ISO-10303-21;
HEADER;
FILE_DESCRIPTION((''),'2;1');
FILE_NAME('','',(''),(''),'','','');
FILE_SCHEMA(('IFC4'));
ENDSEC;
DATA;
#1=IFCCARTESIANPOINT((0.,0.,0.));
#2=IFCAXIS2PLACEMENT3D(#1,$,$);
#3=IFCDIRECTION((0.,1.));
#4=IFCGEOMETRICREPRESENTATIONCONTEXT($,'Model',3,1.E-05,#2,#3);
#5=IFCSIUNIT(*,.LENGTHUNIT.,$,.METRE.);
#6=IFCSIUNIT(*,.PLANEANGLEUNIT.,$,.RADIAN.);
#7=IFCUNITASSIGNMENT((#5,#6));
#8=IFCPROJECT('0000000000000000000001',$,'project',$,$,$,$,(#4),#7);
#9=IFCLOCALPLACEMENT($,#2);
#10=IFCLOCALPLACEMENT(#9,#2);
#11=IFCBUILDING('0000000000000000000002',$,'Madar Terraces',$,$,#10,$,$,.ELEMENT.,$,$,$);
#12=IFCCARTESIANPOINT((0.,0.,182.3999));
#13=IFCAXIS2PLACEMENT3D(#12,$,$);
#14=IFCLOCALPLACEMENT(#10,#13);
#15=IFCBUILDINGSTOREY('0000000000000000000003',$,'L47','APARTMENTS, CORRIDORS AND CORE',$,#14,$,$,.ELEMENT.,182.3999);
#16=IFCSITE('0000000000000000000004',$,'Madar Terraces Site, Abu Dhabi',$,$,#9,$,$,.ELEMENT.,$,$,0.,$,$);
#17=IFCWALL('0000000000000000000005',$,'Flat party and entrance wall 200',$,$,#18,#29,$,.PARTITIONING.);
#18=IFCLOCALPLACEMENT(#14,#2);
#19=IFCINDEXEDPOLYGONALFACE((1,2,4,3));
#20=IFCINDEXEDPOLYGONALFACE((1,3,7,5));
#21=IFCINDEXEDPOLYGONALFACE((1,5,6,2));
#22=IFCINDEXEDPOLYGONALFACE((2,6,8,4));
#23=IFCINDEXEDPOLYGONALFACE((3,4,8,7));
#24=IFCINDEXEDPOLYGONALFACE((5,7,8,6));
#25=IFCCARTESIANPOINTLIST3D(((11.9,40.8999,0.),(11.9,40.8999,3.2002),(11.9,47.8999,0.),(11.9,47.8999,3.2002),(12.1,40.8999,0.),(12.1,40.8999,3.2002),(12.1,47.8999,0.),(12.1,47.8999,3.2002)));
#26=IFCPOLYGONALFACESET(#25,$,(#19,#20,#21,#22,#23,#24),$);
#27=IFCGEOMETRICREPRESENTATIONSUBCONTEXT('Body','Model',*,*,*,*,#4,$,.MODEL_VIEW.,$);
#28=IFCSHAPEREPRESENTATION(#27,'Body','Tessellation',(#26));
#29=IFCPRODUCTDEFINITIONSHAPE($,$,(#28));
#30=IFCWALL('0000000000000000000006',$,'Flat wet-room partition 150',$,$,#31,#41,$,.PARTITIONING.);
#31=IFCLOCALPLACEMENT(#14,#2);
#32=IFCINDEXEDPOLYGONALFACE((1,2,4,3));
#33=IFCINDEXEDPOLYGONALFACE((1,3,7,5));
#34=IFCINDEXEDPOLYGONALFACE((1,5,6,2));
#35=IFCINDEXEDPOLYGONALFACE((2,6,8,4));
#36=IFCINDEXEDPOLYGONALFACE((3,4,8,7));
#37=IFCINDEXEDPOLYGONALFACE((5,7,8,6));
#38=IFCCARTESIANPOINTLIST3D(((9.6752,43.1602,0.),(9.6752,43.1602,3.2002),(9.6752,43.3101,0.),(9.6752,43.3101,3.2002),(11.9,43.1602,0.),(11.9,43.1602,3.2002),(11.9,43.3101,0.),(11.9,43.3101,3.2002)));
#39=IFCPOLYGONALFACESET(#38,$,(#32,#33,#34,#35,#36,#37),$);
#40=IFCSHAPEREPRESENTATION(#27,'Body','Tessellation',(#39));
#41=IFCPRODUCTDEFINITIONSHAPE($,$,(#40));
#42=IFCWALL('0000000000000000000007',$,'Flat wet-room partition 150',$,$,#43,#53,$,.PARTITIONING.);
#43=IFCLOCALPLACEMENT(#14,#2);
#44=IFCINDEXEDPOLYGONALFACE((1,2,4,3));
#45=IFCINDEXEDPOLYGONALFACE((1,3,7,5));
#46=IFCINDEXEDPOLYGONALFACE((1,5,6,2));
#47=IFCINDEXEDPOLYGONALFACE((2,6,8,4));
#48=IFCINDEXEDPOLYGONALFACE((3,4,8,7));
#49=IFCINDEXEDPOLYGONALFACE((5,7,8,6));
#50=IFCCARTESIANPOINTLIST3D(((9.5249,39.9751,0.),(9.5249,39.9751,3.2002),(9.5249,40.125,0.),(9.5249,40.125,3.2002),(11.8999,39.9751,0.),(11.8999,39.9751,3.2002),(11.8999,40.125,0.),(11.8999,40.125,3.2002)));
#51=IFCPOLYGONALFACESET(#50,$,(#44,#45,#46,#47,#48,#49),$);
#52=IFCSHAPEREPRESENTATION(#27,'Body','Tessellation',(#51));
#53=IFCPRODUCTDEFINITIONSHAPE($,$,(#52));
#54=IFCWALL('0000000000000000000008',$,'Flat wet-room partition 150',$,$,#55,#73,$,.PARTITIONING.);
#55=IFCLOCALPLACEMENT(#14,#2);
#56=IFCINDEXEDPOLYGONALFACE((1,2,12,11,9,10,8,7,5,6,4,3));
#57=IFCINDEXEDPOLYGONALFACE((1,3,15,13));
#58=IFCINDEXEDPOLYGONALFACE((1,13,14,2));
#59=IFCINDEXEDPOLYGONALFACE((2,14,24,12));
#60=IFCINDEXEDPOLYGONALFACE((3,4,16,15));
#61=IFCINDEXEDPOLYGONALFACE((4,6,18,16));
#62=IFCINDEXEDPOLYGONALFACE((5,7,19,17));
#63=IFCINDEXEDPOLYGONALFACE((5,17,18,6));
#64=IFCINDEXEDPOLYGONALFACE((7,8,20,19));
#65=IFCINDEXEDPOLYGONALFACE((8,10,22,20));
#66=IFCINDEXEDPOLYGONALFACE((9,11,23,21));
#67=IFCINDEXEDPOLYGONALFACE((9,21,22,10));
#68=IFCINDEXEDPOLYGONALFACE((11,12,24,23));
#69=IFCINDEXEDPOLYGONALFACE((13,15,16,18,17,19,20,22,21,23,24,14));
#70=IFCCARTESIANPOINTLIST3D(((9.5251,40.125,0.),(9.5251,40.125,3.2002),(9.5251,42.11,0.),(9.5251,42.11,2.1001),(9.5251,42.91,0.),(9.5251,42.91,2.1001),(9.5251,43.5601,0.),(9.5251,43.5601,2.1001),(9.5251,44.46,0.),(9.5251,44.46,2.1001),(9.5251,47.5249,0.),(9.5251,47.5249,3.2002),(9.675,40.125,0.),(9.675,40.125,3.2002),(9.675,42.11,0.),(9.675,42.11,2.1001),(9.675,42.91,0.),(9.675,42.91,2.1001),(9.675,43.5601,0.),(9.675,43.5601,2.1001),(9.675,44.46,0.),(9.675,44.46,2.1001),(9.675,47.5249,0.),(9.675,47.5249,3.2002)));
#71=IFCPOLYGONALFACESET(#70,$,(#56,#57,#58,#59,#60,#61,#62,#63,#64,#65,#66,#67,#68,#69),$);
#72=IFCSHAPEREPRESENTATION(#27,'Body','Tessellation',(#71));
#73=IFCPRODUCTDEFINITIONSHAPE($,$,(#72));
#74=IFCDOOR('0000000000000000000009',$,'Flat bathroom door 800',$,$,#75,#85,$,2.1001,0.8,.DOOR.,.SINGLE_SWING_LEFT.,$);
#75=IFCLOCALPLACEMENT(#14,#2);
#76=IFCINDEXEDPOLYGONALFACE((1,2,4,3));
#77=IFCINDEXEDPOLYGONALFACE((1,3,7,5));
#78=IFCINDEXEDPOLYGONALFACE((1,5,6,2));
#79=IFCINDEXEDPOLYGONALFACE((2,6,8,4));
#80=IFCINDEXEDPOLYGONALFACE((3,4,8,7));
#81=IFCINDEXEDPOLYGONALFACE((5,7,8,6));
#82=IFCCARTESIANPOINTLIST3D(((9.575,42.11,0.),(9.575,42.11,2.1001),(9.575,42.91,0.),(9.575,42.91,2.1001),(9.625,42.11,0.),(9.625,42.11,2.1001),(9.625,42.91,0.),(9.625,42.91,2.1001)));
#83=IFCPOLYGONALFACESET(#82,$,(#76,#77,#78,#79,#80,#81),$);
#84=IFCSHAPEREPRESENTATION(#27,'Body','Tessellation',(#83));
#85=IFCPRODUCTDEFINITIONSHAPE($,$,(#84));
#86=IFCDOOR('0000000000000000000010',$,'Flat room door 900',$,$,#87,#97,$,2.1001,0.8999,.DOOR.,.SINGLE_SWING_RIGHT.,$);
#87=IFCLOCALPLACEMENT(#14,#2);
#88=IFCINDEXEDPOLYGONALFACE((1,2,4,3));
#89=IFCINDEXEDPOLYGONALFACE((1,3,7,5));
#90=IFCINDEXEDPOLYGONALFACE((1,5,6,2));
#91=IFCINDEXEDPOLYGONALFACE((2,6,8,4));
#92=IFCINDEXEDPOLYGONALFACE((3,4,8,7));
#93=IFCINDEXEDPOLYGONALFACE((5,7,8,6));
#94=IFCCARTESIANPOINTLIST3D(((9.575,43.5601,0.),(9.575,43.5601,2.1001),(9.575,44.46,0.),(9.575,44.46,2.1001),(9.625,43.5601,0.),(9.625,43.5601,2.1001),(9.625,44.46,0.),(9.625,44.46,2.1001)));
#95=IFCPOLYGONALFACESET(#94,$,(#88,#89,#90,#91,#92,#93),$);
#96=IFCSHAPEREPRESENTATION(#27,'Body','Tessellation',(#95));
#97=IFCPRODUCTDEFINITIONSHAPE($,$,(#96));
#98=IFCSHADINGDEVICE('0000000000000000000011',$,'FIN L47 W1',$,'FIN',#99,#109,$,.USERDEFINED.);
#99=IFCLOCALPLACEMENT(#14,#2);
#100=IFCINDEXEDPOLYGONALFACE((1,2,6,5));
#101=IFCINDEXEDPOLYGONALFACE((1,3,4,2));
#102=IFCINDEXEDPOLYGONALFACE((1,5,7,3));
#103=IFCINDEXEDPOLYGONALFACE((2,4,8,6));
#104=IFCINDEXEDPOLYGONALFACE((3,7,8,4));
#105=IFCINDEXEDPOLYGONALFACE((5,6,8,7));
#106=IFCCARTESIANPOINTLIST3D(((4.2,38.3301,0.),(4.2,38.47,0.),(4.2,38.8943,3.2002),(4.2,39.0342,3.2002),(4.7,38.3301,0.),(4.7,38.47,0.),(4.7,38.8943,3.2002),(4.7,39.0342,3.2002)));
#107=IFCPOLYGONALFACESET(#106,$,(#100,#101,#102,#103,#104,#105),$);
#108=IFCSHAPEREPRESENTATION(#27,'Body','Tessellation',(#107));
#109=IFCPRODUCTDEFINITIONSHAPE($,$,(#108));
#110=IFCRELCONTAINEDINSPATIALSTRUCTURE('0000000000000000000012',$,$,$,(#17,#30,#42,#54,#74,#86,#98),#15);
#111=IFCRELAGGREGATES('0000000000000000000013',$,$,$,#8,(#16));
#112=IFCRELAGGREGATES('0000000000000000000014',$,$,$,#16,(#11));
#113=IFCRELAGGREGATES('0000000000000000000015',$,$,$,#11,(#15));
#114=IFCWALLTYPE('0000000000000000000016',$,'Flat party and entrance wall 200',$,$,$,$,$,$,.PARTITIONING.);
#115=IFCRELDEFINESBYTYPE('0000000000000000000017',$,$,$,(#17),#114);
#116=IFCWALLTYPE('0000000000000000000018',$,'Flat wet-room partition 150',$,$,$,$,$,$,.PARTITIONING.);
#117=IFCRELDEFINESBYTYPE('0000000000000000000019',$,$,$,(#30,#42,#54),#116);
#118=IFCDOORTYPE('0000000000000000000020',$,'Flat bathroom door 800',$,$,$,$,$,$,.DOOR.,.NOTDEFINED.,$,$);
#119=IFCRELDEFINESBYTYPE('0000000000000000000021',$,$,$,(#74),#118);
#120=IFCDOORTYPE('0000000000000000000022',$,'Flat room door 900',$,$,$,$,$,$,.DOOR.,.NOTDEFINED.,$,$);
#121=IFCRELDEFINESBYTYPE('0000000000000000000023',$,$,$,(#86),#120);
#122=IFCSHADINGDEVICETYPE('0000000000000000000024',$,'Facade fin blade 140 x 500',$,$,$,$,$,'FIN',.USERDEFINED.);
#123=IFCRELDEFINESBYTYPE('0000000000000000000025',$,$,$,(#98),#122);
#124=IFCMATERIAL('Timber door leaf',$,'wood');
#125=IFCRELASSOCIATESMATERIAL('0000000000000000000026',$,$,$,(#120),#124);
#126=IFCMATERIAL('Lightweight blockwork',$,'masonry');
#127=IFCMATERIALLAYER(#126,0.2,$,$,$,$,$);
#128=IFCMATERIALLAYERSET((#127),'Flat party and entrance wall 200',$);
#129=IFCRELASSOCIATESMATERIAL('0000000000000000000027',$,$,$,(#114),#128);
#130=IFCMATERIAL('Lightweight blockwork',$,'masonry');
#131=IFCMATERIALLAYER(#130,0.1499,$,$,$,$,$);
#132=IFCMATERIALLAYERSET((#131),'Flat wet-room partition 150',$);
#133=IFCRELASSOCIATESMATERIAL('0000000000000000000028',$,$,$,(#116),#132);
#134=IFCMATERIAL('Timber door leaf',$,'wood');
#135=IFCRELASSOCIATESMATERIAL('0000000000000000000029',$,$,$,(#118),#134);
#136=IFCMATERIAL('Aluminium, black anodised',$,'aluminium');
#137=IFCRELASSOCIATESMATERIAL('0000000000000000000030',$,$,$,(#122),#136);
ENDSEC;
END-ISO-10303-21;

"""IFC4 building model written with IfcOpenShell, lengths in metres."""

from ifc_helpers import new_model, si_unit, direction, frame, frame_2d, origin, place, context, subcontext, project, spatial, polyline, rectangle, outline, extrude, material, layer, layer_set, type_object, element, fill, save


model = new_model("IFC4")

# Units and contexts
model_context = context("Model", 3, precision=1e-05, world=origin(), true_north=direction((0.0, 1.0)))
body_context = subcontext(model_context, "Body", "Model", "MODEL_VIEW")
ifc_project = project(units=[si_unit("LENGTHUNIT", "METRE"), si_unit("PLANEANGLEUNIT", "RADIAN")], contexts=[model_context])

# Site, building, storey
site_placement = place(None, origin())
site = spatial("IfcSite", under=ifc_project, at=site_placement, Name="Madar Terraces Site, Abu Dhabi", CompositionType="ELEMENT", RefElevation=0.0)
building_placement = place(site_placement, origin())
building = spatial("IfcBuilding", under=site, at=building_placement, Name="Madar Terraces", CompositionType="ELEMENT")
storey_placement = place(building_placement, frame((0.0, 0.0, 182.3999)))
storey = spatial("IfcBuildingStorey", under=building, at=storey_placement, Name="L47", Description="APARTMENTS, CORRIDORS AND CORE", CompositionType="ELEMENT", Elevation=182.3999)

# Shared definitions
ifc_material_1 = material(Name="Timber door leaf", Category="wood")
door_type_1 = type_object("IfcDoorType", Name="Flat room door 900", OperationType="NOTDEFINED", PredefinedType="DOOR", material=ifc_material_1)
ifc_material_2 = material(Name="Lightweight blockwork", Category="masonry")
ifc_layer_1 = layer(ifc_material_2, 0.2)
ifc_layer_set_1 = layer_set([ifc_layer_1], Name="Flat party and entrance wall 200")
wall_type_1 = type_object("IfcWallType", Name="Flat party and entrance wall 200", PredefinedType="PARTITIONING", material=ifc_layer_set_1)

# Walls
wall_1_placement = place(storey_placement, frame((12.0, 47.8999, 0.0), z_axis=(0.0, 0.0, 1.0), x_axis=(0.0, -1.0, 0.0)))
element("IfcWall", 1, at=wall_1_placement, inside=storey, type_object=wall_type_1, Name="Flat party and entrance wall 200", PredefinedType="PARTITIONING", context=body_context, shape_type="SweptSolid", body=[
    extrude(rectangle(XDim=7.0, YDim=0.2, at=frame_2d((3.5, 0.0))), origin(), (0.0, 0.0, 1.0), 3.2002),
])
ifc_material_3 = material(Name="Lightweight blockwork", Category="masonry")
ifc_layer_2 = layer(ifc_material_3, 0.1499)
ifc_layer_set_2 = layer_set([ifc_layer_2], Name="Flat wet-room partition 150")
wall_type_2 = type_object("IfcWallType", Name="Flat wet-room partition 150", PredefinedType="PARTITIONING", material=ifc_layer_set_2)
wall_2_placement = place(storey_placement, frame((11.8999, 43.2351, 0.0), z_axis=(0.0, 0.0, 1.0), x_axis=(-1.0, 0.0, 0.0)))
element("IfcWall", 2, at=wall_2_placement, inside=storey, type_object=wall_type_2, Name="Flat wet-room partition 150", PredefinedType="PARTITIONING", context=body_context, shape_type="SweptSolid", body=[
    extrude(rectangle(XDim=2.2249, YDim=0.1499, at=frame_2d((1.1123, 0.0))), origin(), (0.0, 0.0, 1.0), 3.2002),
])
wall_3_placement = place(storey_placement, frame((11.8999, 40.05, 0.0), z_axis=(0.0, 0.0, 1.0), x_axis=(-1.0, 0.0, 0.0)))
element("IfcWall", 3, at=wall_3_placement, inside=storey, type_object=wall_type_2, Name="Flat wet-room partition 150", PredefinedType="PARTITIONING", context=body_context, shape_type="SweptSolid", body=[
    extrude(rectangle(XDim=2.375, YDim=0.1499, at=frame_2d((1.1875, 0.0))), origin(), (0.0, 0.0, 1.0), 3.2002),
])

# Wall, openings, doors
wall_4_placement = place(storey_placement, frame((9.6001, 47.5249, 0.0), z_axis=(0.0, 0.0, 1.0), x_axis=(0.0, -1.0, 0.0)))
wall_4 = element("IfcWall", 4, at=wall_4_placement, inside=storey, type_object=wall_type_2, Name="Flat wet-room partition 150", PredefinedType="PARTITIONING", context=body_context, shape_type="SweptSolid", body=[
    extrude(rectangle(XDim=7.3999, YDim=0.1499, at=frame_2d((3.7, 0.0))), origin(), (0.0, 0.0, 1.0), 3.2002),
])
opening_1_placement = place(wall_4_placement, frame((4.615, 0.0, 0.0)))
opening_1 = element("IfcOpeningElement", 5, at=opening_1_placement, cuts=wall_4, PredefinedType="OPENING", context=body_context, shape_type="SweptSolid", body=[
    extrude(rectangle(XDim=0.8, YDim=2.1001, at=frame_2d((0.3999, 1.05))), frame((0.0, 0.085, 0.0), z_axis=(0.0, -1.0, 0.0), x_axis=(1.0, 0.0, 0.0)), (0.0, 0.0, 1.0), 0.1699),
])
opening_2_placement = place(wall_4_placement, frame((3.0649, 0.0, 0.0)))
opening_2 = element("IfcOpeningElement", 6, at=opening_2_placement, cuts=wall_4, PredefinedType="OPENING", context=body_context, shape_type="SweptSolid", body=[
    extrude(rectangle(XDim=0.8999, YDim=2.1001, at=frame_2d((0.45, 1.05))), frame((0.0, 0.085, 0.0), z_axis=(0.0, -1.0, 0.0), x_axis=(1.0, 0.0, 0.0)), (0.0, 0.0, 1.0), 0.1699),
])
ifc_material_4 = material(Name="Timber door leaf", Category="wood")
door_type_2 = type_object("IfcDoorType", Name="Flat bathroom door 800", OperationType="NOTDEFINED", PredefinedType="DOOR", material=ifc_material_4)
door_1_placement = place(opening_1_placement, origin())
door_1 = element("IfcDoor", 7, at=door_1_placement, inside=storey, type_object=door_type_2, Name="Flat bathroom door 800", OperationType="SINGLE_SWING_LEFT", OverallHeight=2.1001, OverallWidth=0.8, PredefinedType="DOOR", context=body_context, shape_type="SweptSolid", body=[
    extrude(rectangle(XDim=0.8, YDim=2.1001, at=frame_2d((0.3999, 1.05))), frame((0.0, 0.0249, 0.0), z_axis=(0.0, -1.0, 0.0), x_axis=(1.0, 0.0, 0.0)), (0.0, 0.0, 1.0), 0.05),
])
fill(opening_1, door_1)
door_2_placement = place(opening_2_placement, origin())
door_2 = element("IfcDoor", 8, at=door_2_placement, inside=storey, type_object=door_type_1, Name="Flat room door 900", OperationType="SINGLE_SWING_RIGHT", OverallHeight=2.1001, OverallWidth=0.8999, PredefinedType="DOOR", context=body_context, shape_type="SweptSolid", body=[
    extrude(rectangle(XDim=0.8999, YDim=2.1001, at=frame_2d((0.45, 1.05))), frame((0.0, 0.0249, 0.0), z_axis=(0.0, -1.0, 0.0), x_axis=(1.0, 0.0, 0.0)), (0.0, 0.0, 1.0), 0.05),
])
fill(opening_2, door_2)

# Shading device
ifc_material_5 = material(Name="Aluminium, black anodised", Category="aluminium")
shading_device_type = type_object("IfcShadingDeviceType", Name="Facade fin blade 140 x 500", ElementType="FIN", PredefinedType="USERDEFINED", material=ifc_material_5)
shading_device_placement = place(storey_placement, frame((4.45, 38.47, 0.0), z_axis=(0.0, 0.0, 1.0), x_axis=(0.0, -1.0, 0.0)))
element("IfcShadingDevice", 9, at=shading_device_placement, inside=storey, type_object=shading_device_type, Name="FIN L47 W1", ObjectType="FIN", PredefinedType="USERDEFINED", context=body_context, shape_type="SweptSolid", body=[
    extrude(outline(polyline([(0.0, 0.0), (0.1399, 0.0), (-0.4243, 3.2002), (-0.5642, 3.2002), (0.0, 0.0)])), frame((0.0, 0.25, 0.0), z_axis=(0.0, -1.0, 0.0), x_axis=(1.0, 0.0, 0.0)), (0.0, 0.0, 1.0), 0.5),
])

save(model, "model.ifc")
